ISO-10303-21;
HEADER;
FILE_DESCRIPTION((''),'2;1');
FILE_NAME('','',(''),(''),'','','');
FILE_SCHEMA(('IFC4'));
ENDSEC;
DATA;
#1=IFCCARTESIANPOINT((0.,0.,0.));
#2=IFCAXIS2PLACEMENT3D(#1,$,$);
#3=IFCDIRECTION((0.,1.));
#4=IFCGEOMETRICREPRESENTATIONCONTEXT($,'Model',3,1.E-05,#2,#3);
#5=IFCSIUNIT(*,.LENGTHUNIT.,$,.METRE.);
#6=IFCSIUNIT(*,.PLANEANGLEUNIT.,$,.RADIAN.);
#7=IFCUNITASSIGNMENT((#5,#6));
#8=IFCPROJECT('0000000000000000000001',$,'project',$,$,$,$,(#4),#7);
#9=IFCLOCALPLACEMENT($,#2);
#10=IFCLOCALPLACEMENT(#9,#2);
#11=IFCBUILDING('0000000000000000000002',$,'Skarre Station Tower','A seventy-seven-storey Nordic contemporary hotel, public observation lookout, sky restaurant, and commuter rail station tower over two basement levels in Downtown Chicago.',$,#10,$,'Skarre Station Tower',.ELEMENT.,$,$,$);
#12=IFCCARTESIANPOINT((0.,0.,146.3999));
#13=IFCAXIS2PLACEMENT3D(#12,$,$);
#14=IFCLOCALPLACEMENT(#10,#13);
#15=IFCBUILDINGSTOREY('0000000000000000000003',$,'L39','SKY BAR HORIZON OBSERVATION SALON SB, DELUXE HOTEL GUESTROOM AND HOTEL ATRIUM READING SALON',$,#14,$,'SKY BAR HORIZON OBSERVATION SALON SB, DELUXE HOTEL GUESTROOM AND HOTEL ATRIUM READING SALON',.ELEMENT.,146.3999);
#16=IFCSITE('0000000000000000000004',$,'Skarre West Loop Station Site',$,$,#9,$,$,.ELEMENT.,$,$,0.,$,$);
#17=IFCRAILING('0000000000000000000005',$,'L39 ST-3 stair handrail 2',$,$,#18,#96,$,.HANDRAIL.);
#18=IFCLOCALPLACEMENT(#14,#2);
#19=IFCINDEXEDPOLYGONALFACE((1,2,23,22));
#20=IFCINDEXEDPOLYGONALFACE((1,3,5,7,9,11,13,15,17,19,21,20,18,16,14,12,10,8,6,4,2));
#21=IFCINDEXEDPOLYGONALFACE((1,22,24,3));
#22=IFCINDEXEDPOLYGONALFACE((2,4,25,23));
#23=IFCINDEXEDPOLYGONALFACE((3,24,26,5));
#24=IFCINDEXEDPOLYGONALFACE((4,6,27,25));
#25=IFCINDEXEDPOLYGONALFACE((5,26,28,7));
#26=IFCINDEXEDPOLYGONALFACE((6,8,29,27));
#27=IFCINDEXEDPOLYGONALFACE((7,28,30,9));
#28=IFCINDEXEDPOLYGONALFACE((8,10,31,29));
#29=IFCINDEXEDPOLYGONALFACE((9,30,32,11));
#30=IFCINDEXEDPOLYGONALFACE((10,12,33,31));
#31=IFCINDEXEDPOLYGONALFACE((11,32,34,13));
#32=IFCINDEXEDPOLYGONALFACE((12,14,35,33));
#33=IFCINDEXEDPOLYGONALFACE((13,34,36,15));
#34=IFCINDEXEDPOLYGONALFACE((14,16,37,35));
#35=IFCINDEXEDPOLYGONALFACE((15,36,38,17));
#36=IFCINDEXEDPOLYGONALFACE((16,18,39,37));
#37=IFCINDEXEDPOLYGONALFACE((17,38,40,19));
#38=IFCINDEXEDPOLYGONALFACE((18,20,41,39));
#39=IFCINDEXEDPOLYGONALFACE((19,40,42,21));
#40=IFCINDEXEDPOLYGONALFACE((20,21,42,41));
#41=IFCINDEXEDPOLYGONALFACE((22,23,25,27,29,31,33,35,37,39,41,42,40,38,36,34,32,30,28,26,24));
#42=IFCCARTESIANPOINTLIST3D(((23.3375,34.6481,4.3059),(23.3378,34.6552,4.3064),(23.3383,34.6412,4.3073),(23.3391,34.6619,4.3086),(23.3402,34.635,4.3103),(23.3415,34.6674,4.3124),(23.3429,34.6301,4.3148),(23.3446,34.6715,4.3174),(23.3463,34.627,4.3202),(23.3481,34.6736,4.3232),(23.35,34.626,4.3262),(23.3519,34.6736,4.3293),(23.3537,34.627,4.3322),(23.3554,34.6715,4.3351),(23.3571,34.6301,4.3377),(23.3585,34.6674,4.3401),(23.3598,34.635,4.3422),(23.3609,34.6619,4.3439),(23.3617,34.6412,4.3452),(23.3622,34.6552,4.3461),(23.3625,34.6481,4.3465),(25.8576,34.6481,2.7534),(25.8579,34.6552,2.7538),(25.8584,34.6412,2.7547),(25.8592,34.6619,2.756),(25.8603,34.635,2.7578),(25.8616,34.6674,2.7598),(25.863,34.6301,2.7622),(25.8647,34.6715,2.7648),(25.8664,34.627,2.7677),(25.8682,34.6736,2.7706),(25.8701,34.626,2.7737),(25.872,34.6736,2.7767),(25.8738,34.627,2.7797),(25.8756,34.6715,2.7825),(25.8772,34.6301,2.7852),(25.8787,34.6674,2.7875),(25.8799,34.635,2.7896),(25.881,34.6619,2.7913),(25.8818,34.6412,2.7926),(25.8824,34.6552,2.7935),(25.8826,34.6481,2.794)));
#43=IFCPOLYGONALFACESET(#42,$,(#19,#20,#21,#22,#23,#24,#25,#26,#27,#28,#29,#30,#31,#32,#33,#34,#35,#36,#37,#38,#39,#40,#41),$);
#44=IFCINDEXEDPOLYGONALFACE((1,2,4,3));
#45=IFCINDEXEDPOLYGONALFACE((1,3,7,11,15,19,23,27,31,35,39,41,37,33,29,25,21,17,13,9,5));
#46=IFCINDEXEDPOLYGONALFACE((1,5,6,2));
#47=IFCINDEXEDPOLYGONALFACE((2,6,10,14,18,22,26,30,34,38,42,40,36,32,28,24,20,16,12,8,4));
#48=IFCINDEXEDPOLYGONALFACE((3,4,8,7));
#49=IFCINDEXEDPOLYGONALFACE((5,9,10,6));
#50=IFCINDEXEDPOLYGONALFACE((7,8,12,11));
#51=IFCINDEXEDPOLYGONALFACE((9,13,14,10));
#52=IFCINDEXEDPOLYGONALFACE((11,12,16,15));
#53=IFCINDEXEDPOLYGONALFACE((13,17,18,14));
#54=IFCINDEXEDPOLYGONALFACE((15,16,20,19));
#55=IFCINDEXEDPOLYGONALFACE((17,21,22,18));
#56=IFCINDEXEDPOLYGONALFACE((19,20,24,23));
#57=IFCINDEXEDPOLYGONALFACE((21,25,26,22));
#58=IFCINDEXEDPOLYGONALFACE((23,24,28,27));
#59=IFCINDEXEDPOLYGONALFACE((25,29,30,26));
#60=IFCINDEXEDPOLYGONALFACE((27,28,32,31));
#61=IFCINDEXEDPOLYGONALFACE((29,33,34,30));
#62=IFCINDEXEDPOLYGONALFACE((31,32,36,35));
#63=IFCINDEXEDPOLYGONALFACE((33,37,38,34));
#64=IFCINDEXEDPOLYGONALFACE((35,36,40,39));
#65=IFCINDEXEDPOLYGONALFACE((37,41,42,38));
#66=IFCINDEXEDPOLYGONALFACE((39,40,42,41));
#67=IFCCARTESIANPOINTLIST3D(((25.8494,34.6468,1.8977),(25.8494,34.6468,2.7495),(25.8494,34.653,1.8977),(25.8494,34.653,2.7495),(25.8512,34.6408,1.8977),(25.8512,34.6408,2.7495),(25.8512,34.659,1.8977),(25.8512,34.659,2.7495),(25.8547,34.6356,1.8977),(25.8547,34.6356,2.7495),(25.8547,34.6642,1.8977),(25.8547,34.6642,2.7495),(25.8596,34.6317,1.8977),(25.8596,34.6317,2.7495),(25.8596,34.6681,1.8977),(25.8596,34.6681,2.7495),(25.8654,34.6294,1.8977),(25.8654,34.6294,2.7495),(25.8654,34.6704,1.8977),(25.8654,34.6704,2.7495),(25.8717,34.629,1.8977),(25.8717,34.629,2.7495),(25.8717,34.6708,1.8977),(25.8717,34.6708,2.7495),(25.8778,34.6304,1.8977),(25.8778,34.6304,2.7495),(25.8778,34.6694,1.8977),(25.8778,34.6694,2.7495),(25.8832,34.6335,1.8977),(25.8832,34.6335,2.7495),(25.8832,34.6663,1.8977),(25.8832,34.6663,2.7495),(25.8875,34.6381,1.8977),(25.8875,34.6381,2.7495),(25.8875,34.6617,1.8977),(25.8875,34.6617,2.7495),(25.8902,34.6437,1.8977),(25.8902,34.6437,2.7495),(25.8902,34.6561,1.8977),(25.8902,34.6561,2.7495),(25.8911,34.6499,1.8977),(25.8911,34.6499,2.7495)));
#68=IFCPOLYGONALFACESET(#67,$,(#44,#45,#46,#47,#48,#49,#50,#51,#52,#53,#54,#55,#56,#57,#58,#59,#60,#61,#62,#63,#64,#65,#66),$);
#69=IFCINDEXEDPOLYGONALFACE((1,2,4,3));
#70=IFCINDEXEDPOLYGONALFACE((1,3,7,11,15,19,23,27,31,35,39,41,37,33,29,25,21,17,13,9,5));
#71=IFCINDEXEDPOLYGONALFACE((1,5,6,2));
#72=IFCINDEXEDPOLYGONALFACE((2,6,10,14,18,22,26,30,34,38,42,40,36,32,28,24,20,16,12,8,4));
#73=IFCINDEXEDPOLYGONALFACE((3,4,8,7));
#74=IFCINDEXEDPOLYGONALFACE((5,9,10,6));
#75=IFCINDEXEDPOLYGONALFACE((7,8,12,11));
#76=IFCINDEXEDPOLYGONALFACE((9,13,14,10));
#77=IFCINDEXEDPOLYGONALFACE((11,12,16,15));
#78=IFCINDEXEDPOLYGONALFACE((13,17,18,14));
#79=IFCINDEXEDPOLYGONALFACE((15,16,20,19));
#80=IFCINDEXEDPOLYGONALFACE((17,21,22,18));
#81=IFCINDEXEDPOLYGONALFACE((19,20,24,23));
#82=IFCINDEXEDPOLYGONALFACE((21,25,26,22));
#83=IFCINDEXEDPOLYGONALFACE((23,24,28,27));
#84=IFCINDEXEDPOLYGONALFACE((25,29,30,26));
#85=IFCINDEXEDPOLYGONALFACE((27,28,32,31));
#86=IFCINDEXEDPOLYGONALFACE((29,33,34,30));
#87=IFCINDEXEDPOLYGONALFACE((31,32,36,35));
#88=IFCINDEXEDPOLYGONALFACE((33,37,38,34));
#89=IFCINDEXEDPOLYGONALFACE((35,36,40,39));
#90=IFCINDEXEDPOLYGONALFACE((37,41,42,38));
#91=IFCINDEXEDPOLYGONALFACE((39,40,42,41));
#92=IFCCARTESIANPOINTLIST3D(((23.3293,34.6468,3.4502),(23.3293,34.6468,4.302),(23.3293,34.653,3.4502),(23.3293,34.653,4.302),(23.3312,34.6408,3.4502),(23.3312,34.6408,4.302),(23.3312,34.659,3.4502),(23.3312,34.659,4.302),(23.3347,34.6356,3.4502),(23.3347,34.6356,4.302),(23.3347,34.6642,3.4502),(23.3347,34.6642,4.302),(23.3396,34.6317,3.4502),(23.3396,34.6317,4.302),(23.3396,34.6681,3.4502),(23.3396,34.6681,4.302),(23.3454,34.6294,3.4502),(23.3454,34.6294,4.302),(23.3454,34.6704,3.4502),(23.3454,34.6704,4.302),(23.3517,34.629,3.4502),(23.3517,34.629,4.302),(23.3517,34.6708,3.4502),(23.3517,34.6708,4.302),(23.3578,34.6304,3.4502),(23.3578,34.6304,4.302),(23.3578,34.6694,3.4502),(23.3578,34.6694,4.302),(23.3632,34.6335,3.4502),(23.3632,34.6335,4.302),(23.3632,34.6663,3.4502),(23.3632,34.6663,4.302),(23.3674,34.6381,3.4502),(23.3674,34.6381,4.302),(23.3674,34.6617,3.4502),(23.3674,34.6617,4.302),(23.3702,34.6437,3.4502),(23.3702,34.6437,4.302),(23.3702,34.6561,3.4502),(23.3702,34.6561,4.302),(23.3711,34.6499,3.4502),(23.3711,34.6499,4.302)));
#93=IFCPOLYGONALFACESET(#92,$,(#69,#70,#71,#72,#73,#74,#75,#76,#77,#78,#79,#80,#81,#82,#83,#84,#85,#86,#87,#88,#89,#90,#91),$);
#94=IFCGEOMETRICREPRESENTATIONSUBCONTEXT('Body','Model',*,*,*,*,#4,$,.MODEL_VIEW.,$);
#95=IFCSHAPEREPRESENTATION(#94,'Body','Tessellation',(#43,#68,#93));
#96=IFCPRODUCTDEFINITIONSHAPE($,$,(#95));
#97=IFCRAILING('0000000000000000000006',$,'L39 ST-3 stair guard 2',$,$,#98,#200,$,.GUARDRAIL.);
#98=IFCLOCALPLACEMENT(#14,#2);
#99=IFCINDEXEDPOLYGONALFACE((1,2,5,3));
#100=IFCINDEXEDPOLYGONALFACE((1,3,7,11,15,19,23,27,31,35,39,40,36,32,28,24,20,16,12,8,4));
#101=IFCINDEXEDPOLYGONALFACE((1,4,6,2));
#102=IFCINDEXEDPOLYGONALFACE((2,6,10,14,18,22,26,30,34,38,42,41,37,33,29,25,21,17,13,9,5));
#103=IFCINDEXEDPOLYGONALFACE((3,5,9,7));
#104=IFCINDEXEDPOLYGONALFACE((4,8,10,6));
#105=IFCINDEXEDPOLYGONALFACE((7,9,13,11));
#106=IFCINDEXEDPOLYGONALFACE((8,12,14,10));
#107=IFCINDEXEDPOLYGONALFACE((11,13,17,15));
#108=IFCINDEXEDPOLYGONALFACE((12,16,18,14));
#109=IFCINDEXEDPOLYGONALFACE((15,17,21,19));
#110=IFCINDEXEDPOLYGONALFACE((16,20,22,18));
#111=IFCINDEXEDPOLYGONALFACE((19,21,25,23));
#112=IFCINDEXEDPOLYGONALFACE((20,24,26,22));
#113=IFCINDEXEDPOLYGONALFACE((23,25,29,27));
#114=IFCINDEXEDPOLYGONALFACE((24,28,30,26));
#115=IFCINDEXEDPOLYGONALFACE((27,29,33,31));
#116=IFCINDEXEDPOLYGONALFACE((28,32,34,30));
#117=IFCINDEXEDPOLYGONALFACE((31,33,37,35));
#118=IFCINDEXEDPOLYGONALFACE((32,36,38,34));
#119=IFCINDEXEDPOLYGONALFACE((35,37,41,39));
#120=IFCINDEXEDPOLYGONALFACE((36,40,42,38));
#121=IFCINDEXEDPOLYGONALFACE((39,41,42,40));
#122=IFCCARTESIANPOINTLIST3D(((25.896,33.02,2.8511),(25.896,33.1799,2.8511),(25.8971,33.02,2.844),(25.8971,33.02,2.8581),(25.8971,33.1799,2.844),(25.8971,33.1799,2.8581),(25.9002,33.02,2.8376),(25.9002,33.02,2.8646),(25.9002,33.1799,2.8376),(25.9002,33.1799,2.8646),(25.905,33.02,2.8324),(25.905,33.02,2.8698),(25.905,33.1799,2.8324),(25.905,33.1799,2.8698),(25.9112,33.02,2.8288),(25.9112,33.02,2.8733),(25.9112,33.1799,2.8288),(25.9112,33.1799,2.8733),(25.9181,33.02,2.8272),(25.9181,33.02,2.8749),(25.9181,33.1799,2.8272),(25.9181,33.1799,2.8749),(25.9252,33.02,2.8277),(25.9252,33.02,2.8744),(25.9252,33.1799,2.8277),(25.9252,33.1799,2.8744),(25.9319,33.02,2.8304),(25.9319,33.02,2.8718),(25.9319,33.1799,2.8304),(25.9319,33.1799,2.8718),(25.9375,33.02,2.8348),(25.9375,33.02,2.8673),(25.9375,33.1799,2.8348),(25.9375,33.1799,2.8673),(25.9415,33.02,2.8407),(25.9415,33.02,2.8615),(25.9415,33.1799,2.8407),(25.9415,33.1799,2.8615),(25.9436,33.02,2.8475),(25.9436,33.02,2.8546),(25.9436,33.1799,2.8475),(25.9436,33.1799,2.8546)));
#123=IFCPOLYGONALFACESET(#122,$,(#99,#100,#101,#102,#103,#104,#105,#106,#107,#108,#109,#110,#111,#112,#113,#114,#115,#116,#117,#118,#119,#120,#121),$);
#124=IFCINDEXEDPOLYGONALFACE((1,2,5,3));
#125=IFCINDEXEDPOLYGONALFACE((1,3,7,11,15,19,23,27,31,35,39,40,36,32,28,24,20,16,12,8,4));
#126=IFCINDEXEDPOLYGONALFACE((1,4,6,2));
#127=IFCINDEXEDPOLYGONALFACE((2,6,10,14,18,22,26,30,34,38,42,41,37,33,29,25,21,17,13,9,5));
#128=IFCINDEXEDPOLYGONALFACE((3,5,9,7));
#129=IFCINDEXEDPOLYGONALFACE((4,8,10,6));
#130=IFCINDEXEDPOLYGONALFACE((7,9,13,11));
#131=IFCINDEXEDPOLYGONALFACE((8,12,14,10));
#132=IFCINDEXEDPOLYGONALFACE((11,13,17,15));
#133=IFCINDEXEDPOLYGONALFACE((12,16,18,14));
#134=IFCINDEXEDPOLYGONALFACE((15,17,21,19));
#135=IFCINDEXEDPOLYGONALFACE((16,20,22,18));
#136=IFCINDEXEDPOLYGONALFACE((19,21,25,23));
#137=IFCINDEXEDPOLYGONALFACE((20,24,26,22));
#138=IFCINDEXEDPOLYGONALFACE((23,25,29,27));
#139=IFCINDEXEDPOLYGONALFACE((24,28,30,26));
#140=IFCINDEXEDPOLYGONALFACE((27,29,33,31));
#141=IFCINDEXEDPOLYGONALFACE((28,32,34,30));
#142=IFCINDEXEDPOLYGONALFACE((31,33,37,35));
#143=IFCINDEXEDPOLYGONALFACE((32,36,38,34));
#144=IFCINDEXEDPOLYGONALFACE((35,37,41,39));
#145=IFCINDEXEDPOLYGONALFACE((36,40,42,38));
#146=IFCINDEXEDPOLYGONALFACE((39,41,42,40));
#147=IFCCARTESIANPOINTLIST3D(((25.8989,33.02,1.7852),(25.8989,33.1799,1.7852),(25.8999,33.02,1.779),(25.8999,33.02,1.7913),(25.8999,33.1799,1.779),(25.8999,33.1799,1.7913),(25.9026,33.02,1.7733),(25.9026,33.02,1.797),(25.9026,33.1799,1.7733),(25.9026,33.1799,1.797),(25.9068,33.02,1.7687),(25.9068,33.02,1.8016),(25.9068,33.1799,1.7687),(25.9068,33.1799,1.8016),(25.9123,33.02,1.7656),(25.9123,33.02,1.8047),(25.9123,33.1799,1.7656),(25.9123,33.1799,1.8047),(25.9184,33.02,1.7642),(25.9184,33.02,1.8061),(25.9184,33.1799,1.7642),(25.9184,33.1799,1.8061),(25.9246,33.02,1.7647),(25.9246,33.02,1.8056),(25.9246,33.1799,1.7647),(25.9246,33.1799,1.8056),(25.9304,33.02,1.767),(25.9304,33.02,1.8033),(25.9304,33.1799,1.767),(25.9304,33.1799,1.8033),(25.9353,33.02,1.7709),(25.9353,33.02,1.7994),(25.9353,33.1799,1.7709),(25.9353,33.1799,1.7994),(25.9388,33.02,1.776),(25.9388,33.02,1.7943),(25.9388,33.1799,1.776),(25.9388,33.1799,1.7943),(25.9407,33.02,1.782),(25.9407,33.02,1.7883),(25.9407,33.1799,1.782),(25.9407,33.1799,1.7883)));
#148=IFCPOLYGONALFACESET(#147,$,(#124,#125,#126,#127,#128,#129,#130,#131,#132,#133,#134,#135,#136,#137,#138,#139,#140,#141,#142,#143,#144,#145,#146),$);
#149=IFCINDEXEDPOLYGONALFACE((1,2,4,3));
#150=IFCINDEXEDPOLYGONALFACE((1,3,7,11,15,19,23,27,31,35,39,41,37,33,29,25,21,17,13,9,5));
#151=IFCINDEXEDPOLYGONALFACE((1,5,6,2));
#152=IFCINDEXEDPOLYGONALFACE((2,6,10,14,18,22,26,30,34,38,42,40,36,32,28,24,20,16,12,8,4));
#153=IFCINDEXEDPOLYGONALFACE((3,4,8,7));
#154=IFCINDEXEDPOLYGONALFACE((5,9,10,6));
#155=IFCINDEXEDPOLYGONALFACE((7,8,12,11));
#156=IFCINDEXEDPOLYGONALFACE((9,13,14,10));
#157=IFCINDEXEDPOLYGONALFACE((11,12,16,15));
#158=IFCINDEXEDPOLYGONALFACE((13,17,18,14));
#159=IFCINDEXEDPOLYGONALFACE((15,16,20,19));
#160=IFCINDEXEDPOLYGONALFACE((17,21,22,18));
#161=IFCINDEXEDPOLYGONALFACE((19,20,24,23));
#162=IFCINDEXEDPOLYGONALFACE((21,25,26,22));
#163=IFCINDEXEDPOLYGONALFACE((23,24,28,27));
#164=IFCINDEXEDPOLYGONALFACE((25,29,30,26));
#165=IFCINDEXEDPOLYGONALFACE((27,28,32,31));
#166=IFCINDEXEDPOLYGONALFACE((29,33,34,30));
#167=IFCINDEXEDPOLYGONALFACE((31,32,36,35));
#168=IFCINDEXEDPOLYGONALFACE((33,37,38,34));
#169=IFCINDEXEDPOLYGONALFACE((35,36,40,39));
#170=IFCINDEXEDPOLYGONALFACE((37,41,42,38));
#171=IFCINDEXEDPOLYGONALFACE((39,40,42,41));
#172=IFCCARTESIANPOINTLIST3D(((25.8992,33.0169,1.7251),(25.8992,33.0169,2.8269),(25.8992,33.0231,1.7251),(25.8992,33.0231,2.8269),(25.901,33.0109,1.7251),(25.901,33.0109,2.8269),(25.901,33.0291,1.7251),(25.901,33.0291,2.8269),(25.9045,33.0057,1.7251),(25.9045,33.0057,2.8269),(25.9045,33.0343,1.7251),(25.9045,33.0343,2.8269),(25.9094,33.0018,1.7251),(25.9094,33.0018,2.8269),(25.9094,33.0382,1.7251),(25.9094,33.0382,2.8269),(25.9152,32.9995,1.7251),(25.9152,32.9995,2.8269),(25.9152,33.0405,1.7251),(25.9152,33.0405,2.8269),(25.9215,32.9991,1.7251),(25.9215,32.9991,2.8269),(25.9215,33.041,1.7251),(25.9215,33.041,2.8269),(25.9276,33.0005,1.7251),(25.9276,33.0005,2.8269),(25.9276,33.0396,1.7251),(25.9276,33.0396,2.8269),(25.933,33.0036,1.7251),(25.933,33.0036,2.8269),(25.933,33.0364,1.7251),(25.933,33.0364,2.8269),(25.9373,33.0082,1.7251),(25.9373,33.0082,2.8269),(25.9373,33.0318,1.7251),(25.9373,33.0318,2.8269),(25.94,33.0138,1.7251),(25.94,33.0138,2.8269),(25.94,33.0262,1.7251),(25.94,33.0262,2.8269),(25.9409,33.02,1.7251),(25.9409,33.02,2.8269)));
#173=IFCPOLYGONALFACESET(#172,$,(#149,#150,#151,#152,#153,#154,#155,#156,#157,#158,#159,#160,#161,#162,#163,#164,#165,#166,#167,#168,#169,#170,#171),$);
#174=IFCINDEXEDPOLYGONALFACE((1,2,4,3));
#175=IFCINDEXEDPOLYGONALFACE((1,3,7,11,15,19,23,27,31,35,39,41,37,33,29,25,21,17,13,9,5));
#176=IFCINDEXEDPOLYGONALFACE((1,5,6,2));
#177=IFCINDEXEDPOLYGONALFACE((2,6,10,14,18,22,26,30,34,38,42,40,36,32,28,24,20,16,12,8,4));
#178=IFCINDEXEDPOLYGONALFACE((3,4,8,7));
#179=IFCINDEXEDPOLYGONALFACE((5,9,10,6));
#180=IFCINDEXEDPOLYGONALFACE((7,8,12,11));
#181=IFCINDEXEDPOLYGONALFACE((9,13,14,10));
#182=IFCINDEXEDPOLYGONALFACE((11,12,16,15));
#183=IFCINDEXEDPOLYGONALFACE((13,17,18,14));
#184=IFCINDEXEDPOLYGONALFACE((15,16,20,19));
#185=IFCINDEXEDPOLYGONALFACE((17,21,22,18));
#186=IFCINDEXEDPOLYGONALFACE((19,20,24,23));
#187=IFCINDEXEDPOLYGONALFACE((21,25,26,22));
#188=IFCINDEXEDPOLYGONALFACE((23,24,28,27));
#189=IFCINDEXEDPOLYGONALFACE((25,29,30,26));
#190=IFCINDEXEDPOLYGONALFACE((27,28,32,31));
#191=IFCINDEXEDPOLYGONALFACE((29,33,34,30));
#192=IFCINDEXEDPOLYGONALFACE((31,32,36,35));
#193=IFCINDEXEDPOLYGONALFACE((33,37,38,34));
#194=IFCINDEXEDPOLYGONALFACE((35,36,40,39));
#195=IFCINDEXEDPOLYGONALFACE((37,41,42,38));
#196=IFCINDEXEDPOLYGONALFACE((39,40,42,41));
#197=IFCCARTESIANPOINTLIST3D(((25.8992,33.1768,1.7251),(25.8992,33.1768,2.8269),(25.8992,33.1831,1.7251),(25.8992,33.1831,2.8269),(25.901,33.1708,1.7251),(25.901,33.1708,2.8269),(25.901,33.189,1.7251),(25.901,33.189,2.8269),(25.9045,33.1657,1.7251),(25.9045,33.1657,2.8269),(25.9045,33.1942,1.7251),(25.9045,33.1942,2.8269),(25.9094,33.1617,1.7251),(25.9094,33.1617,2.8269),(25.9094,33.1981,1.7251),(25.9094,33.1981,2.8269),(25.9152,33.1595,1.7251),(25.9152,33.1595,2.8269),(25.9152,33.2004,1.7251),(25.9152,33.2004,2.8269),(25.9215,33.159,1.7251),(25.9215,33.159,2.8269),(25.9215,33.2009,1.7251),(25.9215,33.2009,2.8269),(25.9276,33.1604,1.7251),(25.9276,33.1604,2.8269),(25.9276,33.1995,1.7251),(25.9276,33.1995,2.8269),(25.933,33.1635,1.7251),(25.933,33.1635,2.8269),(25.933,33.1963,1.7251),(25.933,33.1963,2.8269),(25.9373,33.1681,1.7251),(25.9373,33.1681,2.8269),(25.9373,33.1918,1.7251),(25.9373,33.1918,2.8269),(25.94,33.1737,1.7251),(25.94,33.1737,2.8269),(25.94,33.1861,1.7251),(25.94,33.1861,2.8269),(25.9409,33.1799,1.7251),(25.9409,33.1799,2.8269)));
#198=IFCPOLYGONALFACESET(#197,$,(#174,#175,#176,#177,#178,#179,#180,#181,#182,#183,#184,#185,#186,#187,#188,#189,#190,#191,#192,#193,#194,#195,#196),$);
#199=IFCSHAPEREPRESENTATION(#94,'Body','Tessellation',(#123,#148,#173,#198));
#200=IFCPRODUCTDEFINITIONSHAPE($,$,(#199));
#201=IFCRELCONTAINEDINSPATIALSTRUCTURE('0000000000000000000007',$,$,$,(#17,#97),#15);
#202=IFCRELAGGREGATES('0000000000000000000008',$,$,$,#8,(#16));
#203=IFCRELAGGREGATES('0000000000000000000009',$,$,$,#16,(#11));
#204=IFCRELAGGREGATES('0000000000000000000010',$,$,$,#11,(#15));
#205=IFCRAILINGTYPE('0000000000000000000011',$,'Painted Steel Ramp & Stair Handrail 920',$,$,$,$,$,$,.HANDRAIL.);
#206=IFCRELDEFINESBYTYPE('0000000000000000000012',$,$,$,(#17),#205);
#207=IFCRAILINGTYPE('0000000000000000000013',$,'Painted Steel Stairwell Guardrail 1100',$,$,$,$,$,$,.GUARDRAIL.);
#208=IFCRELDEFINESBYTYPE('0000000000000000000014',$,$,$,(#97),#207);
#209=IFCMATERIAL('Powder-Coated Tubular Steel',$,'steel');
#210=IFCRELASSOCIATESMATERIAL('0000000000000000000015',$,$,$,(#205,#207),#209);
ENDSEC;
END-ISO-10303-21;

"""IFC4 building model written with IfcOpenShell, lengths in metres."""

from ifc_helpers import new_model, si_unit, direction, frame, origin, origin_2d, place, context, subcontext, project, spatial, circle, extrude, material, type_object, element, save


model = new_model("IFC4")

# Units and contexts
model_context = context("Model", 3, precision=1e-05, world=origin(), true_north=direction((0.0, 1.0)))
body_context = subcontext(model_context, "Body", "Model", "MODEL_VIEW")
ifc_project = project(units=[si_unit("LENGTHUNIT", "METRE"), si_unit("PLANEANGLEUNIT", "RADIAN")], contexts=[model_context])

# Site, building, storey
site_placement = place(None, origin())
site = spatial("IfcSite", under=ifc_project, at=site_placement, Name="Skarre West Loop Station Site", CompositionType="ELEMENT", RefElevation=0.0)
building_placement = place(site_placement, origin())
building = spatial("IfcBuilding", under=site, at=building_placement, Name="Skarre Station Tower", Description="A seventy-seven-storey Nordic contemporary hotel, public observation lookout, sky restaurant, and commuter rail station tower over two basement levels in Downtown Chicago.", LongName="Skarre Station Tower", CompositionType="ELEMENT")
storey_placement = place(building_placement, frame((0.0, 0.0, 146.3999)))
storey = spatial("IfcBuildingStorey", under=building, at=storey_placement, Name="L39", Description="SKY BAR HORIZON OBSERVATION SALON SB, DELUXE HOTEL GUESTROOM AND HOTEL ATRIUM READING SALON", LongName="SKY BAR HORIZON OBSERVATION SALON SB, DELUXE HOTEL GUESTROOM AND HOTEL ATRIUM READING SALON", CompositionType="ELEMENT", Elevation=146.3999)

# Railings
ifc_material_1 = material(Name="Powder-Coated Tubular Steel", Category="steel")
railing_type_1 = type_object("IfcRailingType", Name="Painted Steel Ramp & Stair Handrail 920", PredefinedType="HANDRAIL", material=ifc_material_1)
railing_1_placement = place(storey_placement, frame((25.8701, 34.6499, 1.8977)))
element("IfcRailing", 1, at=railing_1_placement, inside=storey, type_object=railing_type_1, Name="L39 ST-3 stair handrail 2", PredefinedType="HANDRAIL", context=body_context, shape_type="SweptSolid", body=[
    extrude(circle(Radius=0.0239, at=origin_2d()), frame((0.0, 0.0, 0.876), z_axis=(-0.8514, 0.0, 0.524516), x_axis=(0.0, -1.0, 0.0)), (0.0, 0.0, 1.0), 2.96),
    extrude(circle(Radius=0.021, at=origin_2d()), origin(), (0.0, 0.0, 1.0), 0.8518),
    extrude(circle(Radius=0.021, at=origin_2d()), frame((-2.52, 0.0, 1.5525)), (0.0, 0.0, 1.0), 0.8518),
])
railing_type_2 = type_object("IfcRailingType", Name="Painted Steel Stairwell Guardrail 1100", PredefinedType="GUARDRAIL", material=ifc_material_1)
railing_2_placement = place(storey_placement, frame((25.9199, 33.02, 1.7251)))
element("IfcRailing", 2, at=railing_2_placement, inside=storey, type_object=railing_type_2, Name="L39 ST-3 stair guard 2", PredefinedType="GUARDRAIL", context=body_context, shape_type="SweptSolid", body=[
    extrude(circle(Radius=0.0239, at=origin_2d()), frame((0.0, 0.0, 1.126), z_axis=(0.0, 1.0, 0.0), x_axis=(-1.0, 0.0, 0.0)), (0.0, 0.0, 1.0), 0.1599),
    extrude(circle(Radius=0.021, at=origin_2d()), frame((0.0, 0.0, 0.0601), z_axis=(0.0, 1.0, 0.0), x_axis=(-1.0, 0.0, 0.0)), (0.0, 0.0, 1.0), 0.1599),
    extrude(circle(Radius=0.021, at=origin_2d()), origin(), (0.0, 0.0, 1.0), 1.1018),
    extrude(circle(Radius=0.021, at=origin_2d()), frame((0.0, 0.1599, 0.0)), (0.0, 0.0, 1.0), 1.1018),
])

save(model, "model.ifc")
